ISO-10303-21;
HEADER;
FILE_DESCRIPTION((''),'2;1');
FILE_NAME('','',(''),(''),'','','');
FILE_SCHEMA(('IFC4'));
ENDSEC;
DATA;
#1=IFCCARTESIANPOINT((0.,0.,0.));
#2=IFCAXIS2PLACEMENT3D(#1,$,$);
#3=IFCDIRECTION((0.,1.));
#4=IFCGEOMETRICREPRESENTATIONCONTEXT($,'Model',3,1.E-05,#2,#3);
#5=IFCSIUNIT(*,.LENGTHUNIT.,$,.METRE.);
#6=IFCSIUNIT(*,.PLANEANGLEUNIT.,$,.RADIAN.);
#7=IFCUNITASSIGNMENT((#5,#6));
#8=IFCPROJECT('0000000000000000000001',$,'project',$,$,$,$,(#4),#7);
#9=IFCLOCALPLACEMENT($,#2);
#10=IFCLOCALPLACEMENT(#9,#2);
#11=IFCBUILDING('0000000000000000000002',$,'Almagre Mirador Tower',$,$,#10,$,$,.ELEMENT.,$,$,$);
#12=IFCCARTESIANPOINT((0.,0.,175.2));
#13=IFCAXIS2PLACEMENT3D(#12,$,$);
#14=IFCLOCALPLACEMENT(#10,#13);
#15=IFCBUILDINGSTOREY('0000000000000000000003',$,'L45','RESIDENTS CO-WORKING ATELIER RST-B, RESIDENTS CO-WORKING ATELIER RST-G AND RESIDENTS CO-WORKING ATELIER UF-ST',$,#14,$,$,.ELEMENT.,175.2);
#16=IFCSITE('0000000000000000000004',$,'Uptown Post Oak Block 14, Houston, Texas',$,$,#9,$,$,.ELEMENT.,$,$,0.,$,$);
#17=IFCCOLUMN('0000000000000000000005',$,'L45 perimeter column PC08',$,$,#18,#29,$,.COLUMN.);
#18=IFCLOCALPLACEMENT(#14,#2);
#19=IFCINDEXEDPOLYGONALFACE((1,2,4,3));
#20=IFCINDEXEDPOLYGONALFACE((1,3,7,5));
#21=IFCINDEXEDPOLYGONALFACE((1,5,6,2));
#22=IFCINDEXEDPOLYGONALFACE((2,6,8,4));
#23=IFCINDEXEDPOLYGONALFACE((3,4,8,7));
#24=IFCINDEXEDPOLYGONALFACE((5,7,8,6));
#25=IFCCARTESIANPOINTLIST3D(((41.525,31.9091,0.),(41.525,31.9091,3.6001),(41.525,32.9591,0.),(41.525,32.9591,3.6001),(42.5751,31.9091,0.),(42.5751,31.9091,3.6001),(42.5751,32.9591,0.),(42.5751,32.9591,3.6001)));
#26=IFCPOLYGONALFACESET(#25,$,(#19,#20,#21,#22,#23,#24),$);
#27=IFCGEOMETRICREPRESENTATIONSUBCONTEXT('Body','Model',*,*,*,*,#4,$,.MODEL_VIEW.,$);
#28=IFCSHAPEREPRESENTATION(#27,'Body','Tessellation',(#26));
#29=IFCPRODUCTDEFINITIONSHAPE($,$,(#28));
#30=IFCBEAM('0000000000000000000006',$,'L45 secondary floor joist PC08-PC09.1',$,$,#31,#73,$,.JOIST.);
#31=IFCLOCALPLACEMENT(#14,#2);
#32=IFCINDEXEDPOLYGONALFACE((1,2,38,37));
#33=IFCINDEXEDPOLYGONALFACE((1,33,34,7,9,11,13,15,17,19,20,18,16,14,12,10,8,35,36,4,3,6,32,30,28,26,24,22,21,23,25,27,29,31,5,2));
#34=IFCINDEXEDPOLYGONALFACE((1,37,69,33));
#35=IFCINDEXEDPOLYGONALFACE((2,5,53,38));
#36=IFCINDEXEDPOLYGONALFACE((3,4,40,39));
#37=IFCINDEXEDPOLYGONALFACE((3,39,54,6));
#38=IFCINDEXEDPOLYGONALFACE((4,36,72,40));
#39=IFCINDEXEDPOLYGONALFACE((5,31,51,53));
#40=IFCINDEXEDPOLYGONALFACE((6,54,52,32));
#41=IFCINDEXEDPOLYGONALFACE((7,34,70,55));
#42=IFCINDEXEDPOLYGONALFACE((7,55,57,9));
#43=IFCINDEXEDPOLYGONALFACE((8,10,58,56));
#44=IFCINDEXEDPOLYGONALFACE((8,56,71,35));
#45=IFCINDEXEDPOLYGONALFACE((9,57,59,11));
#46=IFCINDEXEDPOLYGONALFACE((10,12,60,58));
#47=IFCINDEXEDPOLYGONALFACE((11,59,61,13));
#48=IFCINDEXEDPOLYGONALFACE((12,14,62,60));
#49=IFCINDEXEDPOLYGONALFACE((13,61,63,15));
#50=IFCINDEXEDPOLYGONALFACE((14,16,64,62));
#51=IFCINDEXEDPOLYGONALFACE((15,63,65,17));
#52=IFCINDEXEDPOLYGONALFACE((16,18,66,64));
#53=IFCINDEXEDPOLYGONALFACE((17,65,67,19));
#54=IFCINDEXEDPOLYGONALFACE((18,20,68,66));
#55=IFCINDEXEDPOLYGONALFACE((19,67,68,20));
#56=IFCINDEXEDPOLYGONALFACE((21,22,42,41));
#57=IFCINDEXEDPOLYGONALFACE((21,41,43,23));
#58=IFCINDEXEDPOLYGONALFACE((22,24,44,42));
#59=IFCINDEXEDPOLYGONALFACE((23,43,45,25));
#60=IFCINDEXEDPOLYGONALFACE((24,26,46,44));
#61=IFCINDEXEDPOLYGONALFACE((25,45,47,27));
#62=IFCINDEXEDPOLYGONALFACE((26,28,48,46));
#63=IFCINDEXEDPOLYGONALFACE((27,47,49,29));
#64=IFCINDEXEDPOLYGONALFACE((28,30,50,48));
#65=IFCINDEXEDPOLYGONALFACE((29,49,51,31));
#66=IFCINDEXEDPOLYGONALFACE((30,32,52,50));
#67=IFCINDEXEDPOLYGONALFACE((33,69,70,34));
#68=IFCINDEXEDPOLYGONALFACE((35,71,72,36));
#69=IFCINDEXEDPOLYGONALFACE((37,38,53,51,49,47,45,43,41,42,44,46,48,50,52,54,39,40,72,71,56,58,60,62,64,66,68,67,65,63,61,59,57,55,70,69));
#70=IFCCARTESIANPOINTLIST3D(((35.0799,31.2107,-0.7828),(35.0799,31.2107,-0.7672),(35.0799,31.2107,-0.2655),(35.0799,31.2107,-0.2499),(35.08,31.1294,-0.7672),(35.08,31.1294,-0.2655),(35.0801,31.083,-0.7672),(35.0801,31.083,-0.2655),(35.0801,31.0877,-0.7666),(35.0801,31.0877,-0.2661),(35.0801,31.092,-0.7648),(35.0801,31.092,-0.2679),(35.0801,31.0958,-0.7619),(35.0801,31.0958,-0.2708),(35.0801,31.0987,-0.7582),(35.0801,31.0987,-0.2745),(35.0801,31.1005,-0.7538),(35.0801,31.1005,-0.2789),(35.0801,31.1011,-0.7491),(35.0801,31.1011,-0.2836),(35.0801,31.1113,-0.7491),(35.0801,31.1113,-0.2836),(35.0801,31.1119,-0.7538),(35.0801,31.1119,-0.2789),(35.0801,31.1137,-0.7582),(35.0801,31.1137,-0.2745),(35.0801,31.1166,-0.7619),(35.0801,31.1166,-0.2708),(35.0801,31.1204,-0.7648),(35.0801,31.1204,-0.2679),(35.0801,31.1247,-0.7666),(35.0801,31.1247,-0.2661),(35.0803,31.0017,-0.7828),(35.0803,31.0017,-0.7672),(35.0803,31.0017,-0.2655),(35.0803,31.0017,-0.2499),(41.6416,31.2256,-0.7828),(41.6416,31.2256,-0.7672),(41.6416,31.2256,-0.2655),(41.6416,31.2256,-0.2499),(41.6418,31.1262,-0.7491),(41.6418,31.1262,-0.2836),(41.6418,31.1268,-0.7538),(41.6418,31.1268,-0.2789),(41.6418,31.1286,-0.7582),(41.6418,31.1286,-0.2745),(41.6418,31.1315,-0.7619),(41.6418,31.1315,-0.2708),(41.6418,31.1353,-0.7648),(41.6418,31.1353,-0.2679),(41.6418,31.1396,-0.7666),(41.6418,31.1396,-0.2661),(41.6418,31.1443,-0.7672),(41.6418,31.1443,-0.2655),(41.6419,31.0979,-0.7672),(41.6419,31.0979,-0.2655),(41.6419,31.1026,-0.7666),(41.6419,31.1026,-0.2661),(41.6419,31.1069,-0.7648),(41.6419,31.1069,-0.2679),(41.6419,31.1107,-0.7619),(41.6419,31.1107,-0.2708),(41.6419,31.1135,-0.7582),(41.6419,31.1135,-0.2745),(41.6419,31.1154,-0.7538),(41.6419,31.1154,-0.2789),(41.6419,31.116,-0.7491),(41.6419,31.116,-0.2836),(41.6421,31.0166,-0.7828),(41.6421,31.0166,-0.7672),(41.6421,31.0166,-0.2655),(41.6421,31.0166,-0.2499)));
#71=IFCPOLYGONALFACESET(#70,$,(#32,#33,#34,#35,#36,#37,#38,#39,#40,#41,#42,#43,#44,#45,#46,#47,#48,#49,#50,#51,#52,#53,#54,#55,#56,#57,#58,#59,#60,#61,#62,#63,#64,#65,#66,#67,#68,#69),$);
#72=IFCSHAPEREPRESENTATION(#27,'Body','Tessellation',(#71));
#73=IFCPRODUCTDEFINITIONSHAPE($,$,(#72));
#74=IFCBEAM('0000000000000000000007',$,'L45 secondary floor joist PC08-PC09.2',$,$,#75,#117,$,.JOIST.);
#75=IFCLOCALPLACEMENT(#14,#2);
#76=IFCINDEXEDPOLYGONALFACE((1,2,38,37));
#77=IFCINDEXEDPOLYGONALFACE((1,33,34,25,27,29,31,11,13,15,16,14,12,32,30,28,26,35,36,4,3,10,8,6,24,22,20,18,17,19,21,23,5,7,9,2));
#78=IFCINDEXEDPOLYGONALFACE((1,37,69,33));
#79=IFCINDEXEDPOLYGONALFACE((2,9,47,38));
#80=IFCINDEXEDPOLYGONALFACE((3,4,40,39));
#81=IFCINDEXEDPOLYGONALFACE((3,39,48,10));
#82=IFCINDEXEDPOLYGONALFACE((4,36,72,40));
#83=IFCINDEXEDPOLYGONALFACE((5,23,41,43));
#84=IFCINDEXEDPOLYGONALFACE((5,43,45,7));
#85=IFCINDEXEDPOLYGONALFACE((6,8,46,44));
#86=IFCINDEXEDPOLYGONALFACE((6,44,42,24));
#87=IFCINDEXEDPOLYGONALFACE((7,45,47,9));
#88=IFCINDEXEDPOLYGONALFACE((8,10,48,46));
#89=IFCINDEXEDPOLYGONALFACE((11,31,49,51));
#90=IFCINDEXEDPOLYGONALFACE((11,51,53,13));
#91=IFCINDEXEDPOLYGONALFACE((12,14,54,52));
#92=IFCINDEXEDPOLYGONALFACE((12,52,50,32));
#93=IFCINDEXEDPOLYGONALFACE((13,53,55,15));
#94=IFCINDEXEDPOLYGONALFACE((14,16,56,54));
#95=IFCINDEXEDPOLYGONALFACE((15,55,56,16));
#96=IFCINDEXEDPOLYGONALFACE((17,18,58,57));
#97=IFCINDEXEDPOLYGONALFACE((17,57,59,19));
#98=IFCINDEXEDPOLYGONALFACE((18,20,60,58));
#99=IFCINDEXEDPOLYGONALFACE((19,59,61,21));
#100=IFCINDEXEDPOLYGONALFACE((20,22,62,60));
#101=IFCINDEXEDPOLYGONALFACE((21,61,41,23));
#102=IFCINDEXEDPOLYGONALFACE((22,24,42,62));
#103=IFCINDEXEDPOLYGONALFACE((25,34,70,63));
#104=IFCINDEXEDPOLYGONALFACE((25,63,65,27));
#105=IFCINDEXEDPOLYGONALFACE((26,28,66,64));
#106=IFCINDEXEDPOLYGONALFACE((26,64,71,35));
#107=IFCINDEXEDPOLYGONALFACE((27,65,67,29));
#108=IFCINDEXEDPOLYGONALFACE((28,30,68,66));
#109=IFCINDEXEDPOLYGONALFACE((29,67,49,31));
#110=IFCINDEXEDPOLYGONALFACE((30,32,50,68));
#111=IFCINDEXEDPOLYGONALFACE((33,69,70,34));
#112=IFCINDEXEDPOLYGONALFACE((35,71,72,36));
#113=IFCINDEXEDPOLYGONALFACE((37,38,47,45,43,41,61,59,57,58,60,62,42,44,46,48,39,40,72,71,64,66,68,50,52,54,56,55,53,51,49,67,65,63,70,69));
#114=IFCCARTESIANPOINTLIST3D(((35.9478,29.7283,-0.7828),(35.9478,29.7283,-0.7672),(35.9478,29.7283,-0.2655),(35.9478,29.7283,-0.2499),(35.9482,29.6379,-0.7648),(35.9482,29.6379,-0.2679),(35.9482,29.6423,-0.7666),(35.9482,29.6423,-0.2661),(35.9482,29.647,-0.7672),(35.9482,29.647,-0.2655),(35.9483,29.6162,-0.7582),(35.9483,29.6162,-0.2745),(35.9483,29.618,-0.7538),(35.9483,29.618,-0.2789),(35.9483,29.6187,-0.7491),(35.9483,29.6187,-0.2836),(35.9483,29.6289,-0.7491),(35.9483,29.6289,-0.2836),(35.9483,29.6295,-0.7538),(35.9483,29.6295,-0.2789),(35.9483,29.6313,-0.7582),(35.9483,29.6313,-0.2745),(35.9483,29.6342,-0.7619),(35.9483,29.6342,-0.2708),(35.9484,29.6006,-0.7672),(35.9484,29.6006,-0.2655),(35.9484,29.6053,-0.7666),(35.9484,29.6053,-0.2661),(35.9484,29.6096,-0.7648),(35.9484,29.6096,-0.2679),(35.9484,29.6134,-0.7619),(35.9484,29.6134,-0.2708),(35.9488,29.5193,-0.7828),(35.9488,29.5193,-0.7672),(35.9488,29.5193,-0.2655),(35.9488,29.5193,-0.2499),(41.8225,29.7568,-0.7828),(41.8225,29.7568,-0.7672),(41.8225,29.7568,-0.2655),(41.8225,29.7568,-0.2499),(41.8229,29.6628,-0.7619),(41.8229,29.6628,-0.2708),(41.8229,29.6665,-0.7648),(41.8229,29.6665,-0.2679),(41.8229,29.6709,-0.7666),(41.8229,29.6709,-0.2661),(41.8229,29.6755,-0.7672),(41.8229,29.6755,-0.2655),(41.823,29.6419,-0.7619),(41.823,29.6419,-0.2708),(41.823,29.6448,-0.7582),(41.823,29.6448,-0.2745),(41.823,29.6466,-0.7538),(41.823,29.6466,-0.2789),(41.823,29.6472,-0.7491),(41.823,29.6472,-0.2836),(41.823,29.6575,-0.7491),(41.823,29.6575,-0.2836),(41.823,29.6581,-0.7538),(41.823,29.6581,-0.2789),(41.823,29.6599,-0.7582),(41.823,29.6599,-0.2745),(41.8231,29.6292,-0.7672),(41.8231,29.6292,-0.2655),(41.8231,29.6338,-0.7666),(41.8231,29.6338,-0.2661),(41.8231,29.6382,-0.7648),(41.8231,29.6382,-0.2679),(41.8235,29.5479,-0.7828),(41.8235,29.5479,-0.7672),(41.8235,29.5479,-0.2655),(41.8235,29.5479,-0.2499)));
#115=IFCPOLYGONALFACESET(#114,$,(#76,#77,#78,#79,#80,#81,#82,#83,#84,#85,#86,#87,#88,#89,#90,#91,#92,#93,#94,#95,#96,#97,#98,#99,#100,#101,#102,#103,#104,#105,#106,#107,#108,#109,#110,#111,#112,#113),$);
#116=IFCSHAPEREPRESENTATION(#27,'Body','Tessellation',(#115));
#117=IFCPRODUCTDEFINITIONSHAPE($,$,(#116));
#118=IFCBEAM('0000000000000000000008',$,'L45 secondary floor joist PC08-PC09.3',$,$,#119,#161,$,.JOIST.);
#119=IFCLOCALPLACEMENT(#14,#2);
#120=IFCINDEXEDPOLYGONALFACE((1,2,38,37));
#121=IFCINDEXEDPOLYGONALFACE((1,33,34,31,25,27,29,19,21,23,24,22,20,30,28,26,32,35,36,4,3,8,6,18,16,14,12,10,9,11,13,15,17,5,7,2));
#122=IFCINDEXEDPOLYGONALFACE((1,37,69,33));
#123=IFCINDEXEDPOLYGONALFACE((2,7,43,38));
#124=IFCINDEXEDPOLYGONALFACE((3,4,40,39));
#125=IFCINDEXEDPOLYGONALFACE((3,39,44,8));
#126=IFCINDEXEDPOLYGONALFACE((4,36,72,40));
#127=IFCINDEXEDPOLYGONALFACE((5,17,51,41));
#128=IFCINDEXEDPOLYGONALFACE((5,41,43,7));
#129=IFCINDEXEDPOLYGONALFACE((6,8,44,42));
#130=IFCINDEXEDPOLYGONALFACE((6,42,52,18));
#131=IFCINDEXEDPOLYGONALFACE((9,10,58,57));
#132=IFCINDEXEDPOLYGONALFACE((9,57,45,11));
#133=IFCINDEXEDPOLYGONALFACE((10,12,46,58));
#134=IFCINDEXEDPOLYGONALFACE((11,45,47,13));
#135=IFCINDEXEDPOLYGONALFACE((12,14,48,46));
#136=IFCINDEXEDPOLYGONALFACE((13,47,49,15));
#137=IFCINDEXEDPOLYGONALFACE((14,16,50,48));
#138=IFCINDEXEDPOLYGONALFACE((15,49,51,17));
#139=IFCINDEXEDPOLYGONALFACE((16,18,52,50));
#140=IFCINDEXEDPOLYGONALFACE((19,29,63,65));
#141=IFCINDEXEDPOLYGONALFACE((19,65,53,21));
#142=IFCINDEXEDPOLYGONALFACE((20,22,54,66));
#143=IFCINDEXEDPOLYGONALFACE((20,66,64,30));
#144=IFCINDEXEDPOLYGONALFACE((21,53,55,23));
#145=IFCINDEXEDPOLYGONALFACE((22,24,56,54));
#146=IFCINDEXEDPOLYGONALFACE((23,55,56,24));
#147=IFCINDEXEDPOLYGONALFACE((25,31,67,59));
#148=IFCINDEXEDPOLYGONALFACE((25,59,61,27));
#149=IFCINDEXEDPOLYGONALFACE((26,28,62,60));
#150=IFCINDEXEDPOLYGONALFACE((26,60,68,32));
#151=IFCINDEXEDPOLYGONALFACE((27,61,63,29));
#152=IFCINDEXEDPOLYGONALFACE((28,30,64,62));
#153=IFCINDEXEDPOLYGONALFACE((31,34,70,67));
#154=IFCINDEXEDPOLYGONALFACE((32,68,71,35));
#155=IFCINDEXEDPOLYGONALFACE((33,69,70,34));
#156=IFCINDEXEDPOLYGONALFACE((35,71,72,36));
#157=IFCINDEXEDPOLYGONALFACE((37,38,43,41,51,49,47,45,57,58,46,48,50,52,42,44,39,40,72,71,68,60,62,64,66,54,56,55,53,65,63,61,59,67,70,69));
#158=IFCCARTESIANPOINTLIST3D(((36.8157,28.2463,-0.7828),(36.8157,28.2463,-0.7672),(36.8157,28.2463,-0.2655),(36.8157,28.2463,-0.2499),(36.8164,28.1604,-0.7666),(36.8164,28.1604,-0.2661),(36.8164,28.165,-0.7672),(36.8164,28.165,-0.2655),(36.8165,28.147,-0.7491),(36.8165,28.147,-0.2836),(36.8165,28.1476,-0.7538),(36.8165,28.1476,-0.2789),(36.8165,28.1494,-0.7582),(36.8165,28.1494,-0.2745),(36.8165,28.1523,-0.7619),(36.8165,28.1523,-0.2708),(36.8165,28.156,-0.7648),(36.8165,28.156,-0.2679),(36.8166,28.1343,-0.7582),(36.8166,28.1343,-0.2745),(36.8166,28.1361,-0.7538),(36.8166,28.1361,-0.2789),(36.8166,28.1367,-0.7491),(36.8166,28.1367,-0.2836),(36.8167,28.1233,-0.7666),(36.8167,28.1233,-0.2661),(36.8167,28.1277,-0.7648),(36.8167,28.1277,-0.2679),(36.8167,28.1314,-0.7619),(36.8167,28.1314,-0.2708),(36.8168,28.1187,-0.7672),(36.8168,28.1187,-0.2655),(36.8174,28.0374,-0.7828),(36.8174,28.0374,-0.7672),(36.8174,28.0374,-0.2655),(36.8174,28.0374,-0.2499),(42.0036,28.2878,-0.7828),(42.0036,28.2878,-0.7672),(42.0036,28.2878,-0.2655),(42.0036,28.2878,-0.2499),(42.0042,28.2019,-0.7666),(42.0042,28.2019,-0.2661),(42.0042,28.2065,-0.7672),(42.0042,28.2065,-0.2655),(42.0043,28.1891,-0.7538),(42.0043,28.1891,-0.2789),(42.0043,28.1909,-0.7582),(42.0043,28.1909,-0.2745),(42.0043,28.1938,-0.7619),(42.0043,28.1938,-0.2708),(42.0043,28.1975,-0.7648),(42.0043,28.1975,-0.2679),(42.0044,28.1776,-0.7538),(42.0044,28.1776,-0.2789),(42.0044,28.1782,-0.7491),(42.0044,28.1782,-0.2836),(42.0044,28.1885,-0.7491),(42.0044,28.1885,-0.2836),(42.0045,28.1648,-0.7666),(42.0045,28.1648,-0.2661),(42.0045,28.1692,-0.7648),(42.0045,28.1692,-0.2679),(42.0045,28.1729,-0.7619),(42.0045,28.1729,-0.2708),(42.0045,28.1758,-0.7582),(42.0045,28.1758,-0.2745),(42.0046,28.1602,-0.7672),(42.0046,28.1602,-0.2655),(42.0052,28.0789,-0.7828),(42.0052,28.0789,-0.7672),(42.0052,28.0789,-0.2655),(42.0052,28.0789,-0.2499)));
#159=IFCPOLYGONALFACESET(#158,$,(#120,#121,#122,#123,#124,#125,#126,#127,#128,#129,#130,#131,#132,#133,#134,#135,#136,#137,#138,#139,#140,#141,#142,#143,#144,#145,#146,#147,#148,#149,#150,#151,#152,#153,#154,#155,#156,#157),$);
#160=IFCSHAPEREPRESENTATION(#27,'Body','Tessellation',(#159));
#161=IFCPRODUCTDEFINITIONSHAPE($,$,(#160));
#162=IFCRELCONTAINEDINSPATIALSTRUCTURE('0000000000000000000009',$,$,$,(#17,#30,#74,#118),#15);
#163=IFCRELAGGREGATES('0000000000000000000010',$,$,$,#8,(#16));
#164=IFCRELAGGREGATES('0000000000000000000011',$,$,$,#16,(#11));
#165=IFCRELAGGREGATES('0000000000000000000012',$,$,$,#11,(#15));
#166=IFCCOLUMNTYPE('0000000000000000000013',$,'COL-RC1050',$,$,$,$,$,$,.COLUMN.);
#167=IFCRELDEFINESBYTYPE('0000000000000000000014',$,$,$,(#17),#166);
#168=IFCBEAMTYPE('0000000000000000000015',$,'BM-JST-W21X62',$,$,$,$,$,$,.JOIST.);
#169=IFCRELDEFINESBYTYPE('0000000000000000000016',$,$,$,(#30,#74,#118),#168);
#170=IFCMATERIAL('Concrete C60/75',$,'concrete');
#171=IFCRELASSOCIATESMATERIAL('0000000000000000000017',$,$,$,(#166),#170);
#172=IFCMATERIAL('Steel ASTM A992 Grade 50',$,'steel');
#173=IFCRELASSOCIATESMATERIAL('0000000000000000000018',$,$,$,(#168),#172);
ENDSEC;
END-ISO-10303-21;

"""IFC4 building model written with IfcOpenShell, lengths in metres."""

from ifc_helpers import new_model, si_unit, direction, frame, origin, origin_2d, place, context, subcontext, project, spatial, rectangle, i_section, extrude, material, material_profile, profile_set, type_object, element, save


model = new_model("IFC4")

# Units and contexts
model_context = context("Model", 3, precision=1e-05, world=origin(), true_north=direction((0.0, 1.0)))
body_context = subcontext(model_context, "Body", "Model", "MODEL_VIEW")
ifc_project = project(units=[si_unit("LENGTHUNIT", "METRE"), si_unit("PLANEANGLEUNIT", "RADIAN")], contexts=[model_context])

# Site, building, storey
site_placement = place(None, origin())
site = spatial("IfcSite", under=ifc_project, at=site_placement, Name="Uptown Post Oak Block 14, Houston, Texas", CompositionType="ELEMENT", RefElevation=0.0)
building_placement = place(site_placement, origin())
building = spatial("IfcBuilding", under=site, at=building_placement, Name="Almagre Mirador Tower", CompositionType="ELEMENT")
storey_placement = place(building_placement, frame((0.0, 0.0, 175.2)))
storey = spatial("IfcBuildingStorey", under=building, at=storey_placement, Name="L45", Description="RESIDENTS CO-WORKING ATELIER RST-B, RESIDENTS CO-WORKING ATELIER RST-G AND RESIDENTS CO-WORKING ATELIER UF-ST", CompositionType="ELEMENT", Elevation=175.2)

# Column
ifc_material_1 = material(Name="Concrete C60/75", Category="concrete")
ifc_material_profile_1 = material_profile(ifc_material_1, rectangle(XDim=1.05, YDim=1.05, at=origin_2d()), Name="RC1050X1050")
ifc_profile_set_1 = profile_set([ifc_material_profile_1], Name="Concrete C60/75")
column_type = type_object("IfcColumnType", Name="COL-RC1050", PredefinedType="COLUMN", material=ifc_profile_set_1)
column_placement = place(storey_placement, frame((42.05, 32.4341, 0.0), z_axis=(0.0, 0.0, 1.0), x_axis=(1.0, 0.0, 0.0)))
element("IfcColumn", 1, at=column_placement, inside=storey, type_object=column_type, Name="L45 perimeter column PC08", PredefinedType="COLUMN", context=body_context, shape_type="SweptSolid", body=[
    extrude(rectangle(XDim=1.05, YDim=1.05, at=origin_2d()), origin(), (0.0, 0.0, 1.0), 3.6001),
])

# Beams
ifc_material_2 = material(Name="Steel ASTM A992 Grade 50", Category="steel")
ifc_material_profile_2 = material_profile(ifc_material_2, i_section(OverallWidth=0.209, OverallDepth=0.533, WebThickness=0.0103, FlangeThickness=0.0156, FilletRadius=0.0181, at=origin_2d()), Name="W21X62")
ifc_profile_set_2 = profile_set([ifc_material_profile_2], Name="Steel ASTM A992 Grade 50")
beam_type_1 = type_object("IfcBeamType", Name="BM-JST-W21X62", PredefinedType="JOIST", material=ifc_profile_set_2)
beam_1_placement = place(storey_placement, frame((41.6418, 31.1211, -0.5164), z_axis=(-0.999997, -0.00227, 0.0), x_axis=(0.00227, -0.999997, 0.0)))
element("IfcBeam", 2, at=beam_1_placement, inside=storey, type_object=beam_type_1, Name="L45 secondary floor joist PC08-PC09.1", PredefinedType="JOIST", context=body_context, shape_type="SweptSolid", body=[
    extrude(i_section(OverallWidth=0.209, OverallDepth=0.533, WebThickness=0.0103, FlangeThickness=0.0156, FilletRadius=0.0181, at=origin_2d()), origin(), (0.0, 0.0, 1.0), 6.5618),
])
beam_2_placement = place(storey_placement, frame((41.823, 29.6523, -0.5164), z_axis=(-0.999988, -0.004862, 0.0), x_axis=(0.004862, -0.999988, 0.0)))
element("IfcBeam", 3, at=beam_2_placement, inside=storey, type_object=beam_type_1, Name="L45 secondary floor joist PC08-PC09.2", PredefinedType="JOIST", context=body_context, shape_type="SweptSolid", body=[
    extrude(i_section(OverallWidth=0.209, OverallDepth=0.533, WebThickness=0.0103, FlangeThickness=0.0156, FilletRadius=0.0181, at=origin_2d()), origin(), (0.0, 0.0, 1.0), 5.8748),
])
beam_3_placement = place(storey_placement, frame((42.0044, 28.1833, -0.5164), z_axis=(-0.999968, -0.008, 0.0), x_axis=(0.008, -0.999968, 0.0)))
element("IfcBeam", 4, at=beam_3_placement, inside=storey, type_object=beam_type_1, Name="L45 secondary floor joist PC08-PC09.3", PredefinedType="JOIST", context=body_context, shape_type="SweptSolid", body=[
    extrude(i_section(OverallWidth=0.209, OverallDepth=0.533, WebThickness=0.0103, FlangeThickness=0.0156, FilletRadius=0.0181, at=origin_2d()), origin(), (0.0, 0.0, 1.0), 5.188),
])

save(model, "model.ifc")
